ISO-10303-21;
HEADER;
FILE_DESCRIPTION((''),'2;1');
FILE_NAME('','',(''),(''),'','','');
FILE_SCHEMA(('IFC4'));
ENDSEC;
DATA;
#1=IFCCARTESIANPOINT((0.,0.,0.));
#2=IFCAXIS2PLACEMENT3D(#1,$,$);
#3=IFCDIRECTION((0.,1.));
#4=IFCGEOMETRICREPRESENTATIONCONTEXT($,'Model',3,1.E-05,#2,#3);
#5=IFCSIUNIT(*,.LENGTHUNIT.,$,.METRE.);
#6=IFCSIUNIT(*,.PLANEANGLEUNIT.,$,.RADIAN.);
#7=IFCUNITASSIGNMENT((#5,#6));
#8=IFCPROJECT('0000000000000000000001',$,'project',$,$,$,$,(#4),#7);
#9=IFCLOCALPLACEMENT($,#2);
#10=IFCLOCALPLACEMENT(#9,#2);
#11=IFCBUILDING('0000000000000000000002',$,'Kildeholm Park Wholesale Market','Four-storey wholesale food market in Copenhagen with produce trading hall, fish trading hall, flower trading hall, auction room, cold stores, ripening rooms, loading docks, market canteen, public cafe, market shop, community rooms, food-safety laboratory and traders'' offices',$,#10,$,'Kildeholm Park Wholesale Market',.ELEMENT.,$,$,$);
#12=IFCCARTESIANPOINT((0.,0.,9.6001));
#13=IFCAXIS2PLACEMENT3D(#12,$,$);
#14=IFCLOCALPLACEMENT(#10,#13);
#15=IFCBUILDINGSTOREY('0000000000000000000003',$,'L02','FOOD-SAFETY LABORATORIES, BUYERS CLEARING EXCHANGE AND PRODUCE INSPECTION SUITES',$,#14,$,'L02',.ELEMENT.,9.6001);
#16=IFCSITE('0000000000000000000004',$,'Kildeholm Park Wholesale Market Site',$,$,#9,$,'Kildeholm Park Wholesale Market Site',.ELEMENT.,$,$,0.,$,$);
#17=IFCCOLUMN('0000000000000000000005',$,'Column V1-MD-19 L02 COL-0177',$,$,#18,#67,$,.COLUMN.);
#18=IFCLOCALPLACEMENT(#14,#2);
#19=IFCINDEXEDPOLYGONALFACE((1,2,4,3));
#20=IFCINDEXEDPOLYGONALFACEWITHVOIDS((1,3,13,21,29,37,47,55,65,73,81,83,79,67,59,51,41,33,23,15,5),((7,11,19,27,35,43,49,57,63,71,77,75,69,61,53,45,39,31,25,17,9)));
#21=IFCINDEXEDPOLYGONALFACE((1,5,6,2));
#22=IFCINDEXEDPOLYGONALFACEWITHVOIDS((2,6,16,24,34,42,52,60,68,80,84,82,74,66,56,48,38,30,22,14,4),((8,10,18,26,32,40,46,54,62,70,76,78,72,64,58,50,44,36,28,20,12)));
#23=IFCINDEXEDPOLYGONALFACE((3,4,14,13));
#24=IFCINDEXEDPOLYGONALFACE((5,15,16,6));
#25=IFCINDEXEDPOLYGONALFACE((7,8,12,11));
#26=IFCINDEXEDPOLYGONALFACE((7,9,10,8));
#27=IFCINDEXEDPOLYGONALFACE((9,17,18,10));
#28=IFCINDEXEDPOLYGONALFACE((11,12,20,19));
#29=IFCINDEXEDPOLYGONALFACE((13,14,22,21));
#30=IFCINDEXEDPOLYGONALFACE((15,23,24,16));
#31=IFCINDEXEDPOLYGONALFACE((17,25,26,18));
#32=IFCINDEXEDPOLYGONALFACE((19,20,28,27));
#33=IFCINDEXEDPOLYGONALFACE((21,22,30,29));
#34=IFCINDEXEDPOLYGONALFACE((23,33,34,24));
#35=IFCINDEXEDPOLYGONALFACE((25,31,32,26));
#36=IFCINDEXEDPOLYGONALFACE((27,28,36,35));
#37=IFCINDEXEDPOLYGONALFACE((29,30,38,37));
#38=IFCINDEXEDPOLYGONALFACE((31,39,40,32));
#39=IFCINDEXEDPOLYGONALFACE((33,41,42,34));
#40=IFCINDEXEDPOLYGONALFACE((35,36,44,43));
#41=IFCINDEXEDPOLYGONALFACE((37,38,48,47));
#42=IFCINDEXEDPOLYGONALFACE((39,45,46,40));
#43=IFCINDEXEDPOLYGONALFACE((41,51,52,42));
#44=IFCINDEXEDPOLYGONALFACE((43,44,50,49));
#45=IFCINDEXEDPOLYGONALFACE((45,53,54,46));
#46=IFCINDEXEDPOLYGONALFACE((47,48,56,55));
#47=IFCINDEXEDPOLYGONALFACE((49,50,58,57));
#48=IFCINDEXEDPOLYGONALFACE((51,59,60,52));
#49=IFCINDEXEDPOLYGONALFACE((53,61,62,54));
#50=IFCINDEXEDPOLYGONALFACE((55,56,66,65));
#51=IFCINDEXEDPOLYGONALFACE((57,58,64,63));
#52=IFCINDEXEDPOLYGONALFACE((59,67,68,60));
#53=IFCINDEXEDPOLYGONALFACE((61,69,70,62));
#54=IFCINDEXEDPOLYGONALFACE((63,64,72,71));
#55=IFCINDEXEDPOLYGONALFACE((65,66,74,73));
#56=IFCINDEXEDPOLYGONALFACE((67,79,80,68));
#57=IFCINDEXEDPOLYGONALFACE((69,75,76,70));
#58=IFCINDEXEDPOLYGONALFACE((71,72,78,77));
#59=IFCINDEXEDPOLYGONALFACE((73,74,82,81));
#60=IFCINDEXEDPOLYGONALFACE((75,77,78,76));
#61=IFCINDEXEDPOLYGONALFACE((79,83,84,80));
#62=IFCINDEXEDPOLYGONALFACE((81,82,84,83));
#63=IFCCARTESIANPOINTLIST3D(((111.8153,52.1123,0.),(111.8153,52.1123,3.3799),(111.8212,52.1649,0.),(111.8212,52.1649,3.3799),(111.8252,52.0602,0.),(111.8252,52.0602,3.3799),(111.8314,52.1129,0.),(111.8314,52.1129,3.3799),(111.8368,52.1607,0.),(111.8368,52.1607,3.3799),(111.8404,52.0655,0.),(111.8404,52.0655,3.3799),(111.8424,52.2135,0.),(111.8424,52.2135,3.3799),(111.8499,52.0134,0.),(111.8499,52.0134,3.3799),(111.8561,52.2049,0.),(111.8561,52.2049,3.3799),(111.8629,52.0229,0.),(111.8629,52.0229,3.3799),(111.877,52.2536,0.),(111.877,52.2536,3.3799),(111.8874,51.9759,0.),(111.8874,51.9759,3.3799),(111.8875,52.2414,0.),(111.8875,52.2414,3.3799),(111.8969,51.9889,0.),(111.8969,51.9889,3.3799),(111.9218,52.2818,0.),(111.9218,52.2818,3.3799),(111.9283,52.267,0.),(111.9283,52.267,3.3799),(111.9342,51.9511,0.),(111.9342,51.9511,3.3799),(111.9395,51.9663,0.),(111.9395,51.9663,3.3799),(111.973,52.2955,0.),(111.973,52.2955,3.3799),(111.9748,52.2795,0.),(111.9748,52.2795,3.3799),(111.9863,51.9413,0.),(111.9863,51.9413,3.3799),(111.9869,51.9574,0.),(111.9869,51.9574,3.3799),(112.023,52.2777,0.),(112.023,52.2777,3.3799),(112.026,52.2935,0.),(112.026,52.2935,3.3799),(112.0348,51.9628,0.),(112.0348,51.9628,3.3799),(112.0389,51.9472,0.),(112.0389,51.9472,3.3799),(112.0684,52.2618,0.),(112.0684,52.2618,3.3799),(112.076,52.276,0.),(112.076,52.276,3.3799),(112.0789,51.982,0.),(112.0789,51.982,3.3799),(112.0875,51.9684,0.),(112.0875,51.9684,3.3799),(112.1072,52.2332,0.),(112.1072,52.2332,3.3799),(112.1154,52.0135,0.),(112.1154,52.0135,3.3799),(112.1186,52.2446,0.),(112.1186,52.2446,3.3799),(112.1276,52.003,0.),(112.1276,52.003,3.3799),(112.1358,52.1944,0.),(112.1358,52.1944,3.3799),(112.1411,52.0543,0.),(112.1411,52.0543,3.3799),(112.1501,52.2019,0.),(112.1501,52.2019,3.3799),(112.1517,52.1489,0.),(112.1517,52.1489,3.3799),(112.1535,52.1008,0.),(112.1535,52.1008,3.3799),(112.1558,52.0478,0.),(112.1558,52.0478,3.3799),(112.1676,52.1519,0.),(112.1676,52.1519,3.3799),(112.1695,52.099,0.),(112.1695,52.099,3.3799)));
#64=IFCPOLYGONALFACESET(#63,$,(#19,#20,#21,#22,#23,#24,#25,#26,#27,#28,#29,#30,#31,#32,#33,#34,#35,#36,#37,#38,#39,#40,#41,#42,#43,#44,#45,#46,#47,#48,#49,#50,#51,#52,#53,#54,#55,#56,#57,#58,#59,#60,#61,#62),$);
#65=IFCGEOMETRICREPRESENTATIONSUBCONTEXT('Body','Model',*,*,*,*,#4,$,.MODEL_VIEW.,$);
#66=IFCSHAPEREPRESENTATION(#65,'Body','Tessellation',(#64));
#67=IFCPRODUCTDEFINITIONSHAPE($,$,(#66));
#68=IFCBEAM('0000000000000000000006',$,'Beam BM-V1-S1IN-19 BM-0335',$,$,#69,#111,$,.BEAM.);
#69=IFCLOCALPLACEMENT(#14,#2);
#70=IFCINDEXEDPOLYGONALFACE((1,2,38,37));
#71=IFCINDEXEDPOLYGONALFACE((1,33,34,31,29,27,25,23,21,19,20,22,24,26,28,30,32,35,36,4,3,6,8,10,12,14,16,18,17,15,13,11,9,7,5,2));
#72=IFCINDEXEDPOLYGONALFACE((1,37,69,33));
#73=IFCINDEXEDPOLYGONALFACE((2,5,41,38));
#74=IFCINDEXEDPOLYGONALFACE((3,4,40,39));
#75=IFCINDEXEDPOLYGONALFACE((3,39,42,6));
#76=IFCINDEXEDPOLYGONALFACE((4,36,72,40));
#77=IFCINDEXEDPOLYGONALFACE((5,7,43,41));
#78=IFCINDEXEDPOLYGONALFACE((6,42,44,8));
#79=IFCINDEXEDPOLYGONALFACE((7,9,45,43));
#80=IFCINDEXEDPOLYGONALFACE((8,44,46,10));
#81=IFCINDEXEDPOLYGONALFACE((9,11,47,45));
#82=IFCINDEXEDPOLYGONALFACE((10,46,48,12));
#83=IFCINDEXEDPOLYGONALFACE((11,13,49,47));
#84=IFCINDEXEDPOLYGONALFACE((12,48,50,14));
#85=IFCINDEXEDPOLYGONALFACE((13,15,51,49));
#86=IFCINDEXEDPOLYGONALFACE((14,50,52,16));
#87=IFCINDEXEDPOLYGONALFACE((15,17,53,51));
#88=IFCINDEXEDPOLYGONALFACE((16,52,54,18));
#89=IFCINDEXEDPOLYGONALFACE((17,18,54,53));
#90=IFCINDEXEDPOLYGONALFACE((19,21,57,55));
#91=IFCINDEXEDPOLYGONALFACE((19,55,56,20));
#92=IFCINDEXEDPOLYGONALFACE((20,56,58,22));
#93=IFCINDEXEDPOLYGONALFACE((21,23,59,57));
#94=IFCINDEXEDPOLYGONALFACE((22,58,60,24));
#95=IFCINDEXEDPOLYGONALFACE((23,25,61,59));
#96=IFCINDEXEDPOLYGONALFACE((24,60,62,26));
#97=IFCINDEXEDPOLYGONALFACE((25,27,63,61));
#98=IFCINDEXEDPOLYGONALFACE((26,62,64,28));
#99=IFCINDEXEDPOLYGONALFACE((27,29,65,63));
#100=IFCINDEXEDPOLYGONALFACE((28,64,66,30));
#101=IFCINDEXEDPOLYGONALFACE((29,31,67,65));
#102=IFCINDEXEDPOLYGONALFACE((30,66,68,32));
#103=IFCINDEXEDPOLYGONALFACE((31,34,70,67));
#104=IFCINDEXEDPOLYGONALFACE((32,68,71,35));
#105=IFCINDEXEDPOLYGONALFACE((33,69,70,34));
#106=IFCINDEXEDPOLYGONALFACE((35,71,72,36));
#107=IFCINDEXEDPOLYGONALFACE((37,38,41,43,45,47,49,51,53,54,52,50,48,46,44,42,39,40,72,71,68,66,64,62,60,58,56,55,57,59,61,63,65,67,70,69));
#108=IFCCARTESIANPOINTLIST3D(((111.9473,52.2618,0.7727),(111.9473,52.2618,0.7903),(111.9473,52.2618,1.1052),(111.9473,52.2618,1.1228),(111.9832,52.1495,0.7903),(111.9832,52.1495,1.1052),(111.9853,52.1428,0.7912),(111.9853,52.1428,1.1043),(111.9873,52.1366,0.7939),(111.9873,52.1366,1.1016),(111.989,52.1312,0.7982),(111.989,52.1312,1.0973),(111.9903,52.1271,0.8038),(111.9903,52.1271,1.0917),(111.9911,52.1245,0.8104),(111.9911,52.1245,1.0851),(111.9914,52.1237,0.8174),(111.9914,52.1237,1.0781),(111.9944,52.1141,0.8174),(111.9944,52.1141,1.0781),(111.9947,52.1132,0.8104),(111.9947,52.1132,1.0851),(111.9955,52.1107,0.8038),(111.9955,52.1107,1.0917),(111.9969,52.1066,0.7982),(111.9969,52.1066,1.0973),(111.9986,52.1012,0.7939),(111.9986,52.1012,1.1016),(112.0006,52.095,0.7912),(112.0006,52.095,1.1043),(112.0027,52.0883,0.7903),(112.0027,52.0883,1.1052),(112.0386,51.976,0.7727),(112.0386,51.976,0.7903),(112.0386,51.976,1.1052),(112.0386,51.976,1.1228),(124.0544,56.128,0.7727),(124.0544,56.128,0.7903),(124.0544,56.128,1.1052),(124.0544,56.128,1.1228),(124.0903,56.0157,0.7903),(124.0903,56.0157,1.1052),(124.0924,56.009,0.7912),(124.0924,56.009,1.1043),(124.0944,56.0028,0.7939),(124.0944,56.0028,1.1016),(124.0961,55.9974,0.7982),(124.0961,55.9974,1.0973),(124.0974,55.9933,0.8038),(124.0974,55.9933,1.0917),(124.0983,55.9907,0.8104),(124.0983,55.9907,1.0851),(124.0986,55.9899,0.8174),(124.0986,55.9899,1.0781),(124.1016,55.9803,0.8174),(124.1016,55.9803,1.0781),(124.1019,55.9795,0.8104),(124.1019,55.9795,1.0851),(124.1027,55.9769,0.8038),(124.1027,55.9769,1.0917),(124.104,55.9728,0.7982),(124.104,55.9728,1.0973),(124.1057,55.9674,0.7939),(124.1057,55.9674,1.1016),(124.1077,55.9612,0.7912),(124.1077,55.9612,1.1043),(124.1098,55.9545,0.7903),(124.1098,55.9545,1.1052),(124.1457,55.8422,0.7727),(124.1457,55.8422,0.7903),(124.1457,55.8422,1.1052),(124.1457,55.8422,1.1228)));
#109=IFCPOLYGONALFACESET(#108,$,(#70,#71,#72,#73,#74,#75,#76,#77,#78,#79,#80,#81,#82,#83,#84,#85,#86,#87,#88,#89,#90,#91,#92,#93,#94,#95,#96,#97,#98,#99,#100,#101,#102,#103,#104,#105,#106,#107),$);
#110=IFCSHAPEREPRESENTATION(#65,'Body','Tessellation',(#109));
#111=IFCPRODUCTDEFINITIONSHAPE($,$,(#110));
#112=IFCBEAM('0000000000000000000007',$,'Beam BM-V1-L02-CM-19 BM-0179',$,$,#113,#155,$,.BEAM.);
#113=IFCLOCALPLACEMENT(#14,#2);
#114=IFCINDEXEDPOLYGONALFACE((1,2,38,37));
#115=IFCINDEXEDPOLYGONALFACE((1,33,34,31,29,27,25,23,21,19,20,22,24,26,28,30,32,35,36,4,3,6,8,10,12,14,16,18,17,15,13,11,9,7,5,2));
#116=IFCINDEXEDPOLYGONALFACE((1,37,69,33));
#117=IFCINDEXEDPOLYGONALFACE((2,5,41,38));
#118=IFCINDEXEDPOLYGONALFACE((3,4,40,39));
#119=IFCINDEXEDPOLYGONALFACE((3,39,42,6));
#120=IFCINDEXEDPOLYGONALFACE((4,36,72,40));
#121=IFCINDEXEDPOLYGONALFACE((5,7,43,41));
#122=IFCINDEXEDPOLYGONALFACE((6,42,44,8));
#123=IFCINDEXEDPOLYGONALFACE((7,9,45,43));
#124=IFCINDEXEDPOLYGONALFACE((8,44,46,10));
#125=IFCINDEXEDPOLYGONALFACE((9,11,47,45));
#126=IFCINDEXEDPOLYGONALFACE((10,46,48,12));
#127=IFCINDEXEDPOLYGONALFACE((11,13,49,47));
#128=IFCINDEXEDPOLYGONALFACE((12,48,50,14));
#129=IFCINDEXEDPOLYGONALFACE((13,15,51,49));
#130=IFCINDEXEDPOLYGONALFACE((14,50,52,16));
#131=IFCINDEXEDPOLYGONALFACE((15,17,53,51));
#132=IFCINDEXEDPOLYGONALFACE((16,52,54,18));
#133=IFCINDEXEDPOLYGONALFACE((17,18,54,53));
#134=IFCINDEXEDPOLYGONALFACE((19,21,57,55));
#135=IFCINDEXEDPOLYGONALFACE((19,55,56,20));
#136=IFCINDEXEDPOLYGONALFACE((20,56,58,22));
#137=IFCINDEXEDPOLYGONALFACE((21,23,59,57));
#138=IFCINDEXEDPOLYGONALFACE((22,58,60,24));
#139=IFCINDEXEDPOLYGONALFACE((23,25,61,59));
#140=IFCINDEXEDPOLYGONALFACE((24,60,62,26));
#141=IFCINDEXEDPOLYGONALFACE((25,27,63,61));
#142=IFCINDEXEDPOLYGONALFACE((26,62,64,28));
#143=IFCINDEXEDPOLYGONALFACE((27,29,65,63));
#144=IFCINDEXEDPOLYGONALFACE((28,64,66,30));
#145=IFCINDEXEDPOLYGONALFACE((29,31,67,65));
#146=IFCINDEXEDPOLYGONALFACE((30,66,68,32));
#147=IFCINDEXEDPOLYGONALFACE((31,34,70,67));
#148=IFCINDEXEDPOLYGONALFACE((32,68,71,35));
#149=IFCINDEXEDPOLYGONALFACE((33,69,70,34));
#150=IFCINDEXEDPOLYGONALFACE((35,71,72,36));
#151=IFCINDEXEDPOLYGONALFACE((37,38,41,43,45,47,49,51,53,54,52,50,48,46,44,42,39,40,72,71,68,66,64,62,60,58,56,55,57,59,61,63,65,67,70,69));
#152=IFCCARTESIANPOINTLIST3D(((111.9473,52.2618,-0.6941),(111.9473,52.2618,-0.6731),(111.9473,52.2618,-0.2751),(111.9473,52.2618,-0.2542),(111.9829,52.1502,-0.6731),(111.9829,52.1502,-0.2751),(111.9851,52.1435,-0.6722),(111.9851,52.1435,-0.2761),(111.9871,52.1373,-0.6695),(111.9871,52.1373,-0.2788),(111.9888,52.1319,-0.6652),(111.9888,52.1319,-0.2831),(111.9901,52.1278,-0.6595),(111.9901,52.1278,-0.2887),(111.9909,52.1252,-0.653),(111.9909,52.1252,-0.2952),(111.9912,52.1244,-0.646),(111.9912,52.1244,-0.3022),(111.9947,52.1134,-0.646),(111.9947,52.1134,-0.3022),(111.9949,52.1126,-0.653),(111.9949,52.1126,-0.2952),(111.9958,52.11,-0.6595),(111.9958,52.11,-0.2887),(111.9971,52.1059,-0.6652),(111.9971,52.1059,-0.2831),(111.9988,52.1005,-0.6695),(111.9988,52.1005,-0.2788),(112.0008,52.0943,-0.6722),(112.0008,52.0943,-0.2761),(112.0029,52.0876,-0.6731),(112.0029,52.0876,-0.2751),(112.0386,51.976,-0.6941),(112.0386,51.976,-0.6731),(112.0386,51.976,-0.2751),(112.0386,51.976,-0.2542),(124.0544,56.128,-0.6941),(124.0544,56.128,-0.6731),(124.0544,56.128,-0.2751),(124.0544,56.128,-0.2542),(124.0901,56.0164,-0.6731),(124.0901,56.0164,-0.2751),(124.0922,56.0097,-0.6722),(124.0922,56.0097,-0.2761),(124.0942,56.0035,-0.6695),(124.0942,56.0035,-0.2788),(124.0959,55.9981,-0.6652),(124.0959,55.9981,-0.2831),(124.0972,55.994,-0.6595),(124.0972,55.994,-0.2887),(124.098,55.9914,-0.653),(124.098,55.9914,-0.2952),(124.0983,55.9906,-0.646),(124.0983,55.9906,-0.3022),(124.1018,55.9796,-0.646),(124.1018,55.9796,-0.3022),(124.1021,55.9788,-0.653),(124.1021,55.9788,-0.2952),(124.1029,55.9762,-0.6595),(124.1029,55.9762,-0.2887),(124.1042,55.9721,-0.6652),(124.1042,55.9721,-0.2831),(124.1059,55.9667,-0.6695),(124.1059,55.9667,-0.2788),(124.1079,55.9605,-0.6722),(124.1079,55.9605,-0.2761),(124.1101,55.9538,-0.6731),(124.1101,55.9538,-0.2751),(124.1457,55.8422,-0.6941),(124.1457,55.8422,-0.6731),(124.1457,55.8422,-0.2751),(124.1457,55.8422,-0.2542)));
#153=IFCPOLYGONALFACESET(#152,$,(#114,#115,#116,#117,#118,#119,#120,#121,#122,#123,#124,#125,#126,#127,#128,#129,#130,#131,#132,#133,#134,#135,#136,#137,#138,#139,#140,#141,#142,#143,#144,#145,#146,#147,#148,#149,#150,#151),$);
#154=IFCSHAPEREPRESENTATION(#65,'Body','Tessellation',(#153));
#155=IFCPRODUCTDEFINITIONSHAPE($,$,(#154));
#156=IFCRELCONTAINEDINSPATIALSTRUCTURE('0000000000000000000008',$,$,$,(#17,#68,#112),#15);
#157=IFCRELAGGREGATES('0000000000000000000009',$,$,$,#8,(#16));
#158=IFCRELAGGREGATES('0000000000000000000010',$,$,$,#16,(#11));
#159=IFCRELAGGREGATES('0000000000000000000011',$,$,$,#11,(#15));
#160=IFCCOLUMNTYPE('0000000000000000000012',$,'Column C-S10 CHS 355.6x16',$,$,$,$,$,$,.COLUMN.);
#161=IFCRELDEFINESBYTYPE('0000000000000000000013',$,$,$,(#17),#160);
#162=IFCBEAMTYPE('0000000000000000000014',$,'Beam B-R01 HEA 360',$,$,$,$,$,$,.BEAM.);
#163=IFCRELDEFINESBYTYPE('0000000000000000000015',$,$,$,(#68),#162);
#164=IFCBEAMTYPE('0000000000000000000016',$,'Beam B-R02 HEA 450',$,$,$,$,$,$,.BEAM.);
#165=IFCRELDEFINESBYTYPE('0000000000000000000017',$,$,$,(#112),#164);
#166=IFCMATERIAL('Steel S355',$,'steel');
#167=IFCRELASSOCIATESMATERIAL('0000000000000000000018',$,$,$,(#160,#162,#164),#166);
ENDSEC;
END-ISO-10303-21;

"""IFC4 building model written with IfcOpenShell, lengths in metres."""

from ifc_helpers import new_model, si_unit, direction, frame, origin, origin_2d, place, context, subcontext, project, spatial, hollow_circle, i_section, extrude, material, material_profile, profile_set, type_object, element, save


model = new_model("IFC4")

# Units and contexts
model_context = context("Model", 3, precision=1e-05, world=origin(), true_north=direction((0.0, 1.0)))
body_context = subcontext(model_context, "Body", "Model", "MODEL_VIEW")
ifc_project = project(units=[si_unit("LENGTHUNIT", "METRE"), si_unit("PLANEANGLEUNIT", "RADIAN")], contexts=[model_context])

# Site, building, storey
site_placement = place(None, origin())
site = spatial("IfcSite", under=ifc_project, at=site_placement, Name="Kildeholm Park Wholesale Market Site", LongName="Kildeholm Park Wholesale Market Site", CompositionType="ELEMENT", RefElevation=0.0)
building_placement = place(site_placement, origin())
building = spatial("IfcBuilding", under=site, at=building_placement, Name="Kildeholm Park Wholesale Market", Description="Four-storey wholesale food market in Copenhagen with produce trading hall, fish trading hall, flower trading hall, auction room, cold stores, ripening rooms, loading docks, market canteen, public cafe, market shop, community rooms, food-safety laboratory and traders' offices", LongName="Kildeholm Park Wholesale Market", CompositionType="ELEMENT")
storey_placement = place(building_placement, frame((0.0, 0.0, 9.6001)))
storey = spatial("IfcBuildingStorey", under=building, at=storey_placement, Name="L02", Description="FOOD-SAFETY LABORATORIES, BUYERS CLEARING EXCHANGE AND PRODUCE INSPECTION SUITES", LongName="L02", CompositionType="ELEMENT", Elevation=9.6001)

# Column
ifc_material_1 = material(Name="Steel S355", Category="steel")
ifc_material_profile_1 = material_profile(ifc_material_1, hollow_circle(Radius=0.1777, WallThickness=0.0161, at=origin_2d()), Name="CHS 355.6x16")
ifc_profile_set_1 = profile_set([ifc_material_profile_1], Name="Steel S355")
column_type = type_object("IfcColumnType", Name="Column C-S10 CHS 355.6x16", PredefinedType="COLUMN", material=ifc_profile_set_1)
column_placement = place(storey_placement, frame((111.9929, 52.1189, 0.0), z_axis=(0.0, 0.0, 1.0), x_axis=(0.258819, -0.965926, 0.0)))
element("IfcColumn", 1, at=column_placement, inside=storey, type_object=column_type, Name="Column V1-MD-19 L02 COL-0177", PredefinedType="COLUMN", context=body_context, shape_type="SweptSolid", body=[
    extrude(hollow_circle(Radius=0.1777, WallThickness=0.0161, at=origin_2d()), origin(), (0.0, 0.0, 1.0), 3.3799),
])

# Beams
ifc_material_profile_2 = material_profile(ifc_material_1, i_section(OverallWidth=0.3, OverallDepth=0.3501, WebThickness=0.01, FlangeThickness=0.0176, FilletRadius=0.0271, at=origin_2d()), Name="HEA 360")
ifc_profile_set_2 = profile_set([ifc_material_profile_2], Name="Steel S355")
beam_type_1 = type_object("IfcBeamType", Name="Beam B-R01 HEA 360", PredefinedType="BEAM", material=ifc_profile_set_2)
beam_1_placement = place(storey_placement, frame((111.9929, 52.1189, 0.9478), z_axis=(0.952609, 0.304199, 0.0), x_axis=(-0.304199, 0.952609, 0.0)))
element("IfcBeam", 2, at=beam_1_placement, inside=storey, type_object=beam_type_1, Name="Beam BM-V1-S1IN-19 BM-0335", PredefinedType="BEAM", context=body_context, shape_type="SweptSolid", body=[
    extrude(i_section(OverallWidth=0.3, OverallDepth=0.3501, WebThickness=0.01, FlangeThickness=0.0176, FilletRadius=0.0271, at=origin_2d()), origin(), (0.0, 0.0, 1.0), 12.7095),
])
ifc_material_profile_3 = material_profile(ifc_material_1, i_section(OverallWidth=0.3, OverallDepth=0.4399, WebThickness=0.0115, FlangeThickness=0.021, FilletRadius=0.0271, at=origin_2d()), Name="HEA 450")
ifc_profile_set_3 = profile_set([ifc_material_profile_3], Name="Steel S355")
beam_type_2 = type_object("IfcBeamType", Name="Beam B-R02 HEA 450", PredefinedType="BEAM", material=ifc_profile_set_3)
beam_2_placement = place(storey_placement, frame((111.9929, 52.1189, -0.4741), z_axis=(0.952609, 0.304199, 0.0), x_axis=(-0.304199, 0.952609, 0.0)))
element("IfcBeam", 3, at=beam_2_placement, inside=storey, type_object=beam_type_2, Name="Beam BM-V1-L02-CM-19 BM-0179", PredefinedType="BEAM", context=body_context, shape_type="SweptSolid", body=[
    extrude(i_section(OverallWidth=0.3, OverallDepth=0.4399, WebThickness=0.0115, FlangeThickness=0.021, FilletRadius=0.0271, at=origin_2d()), origin(), (0.0, 0.0, 1.0), 12.7095),
])

save(model, "model.ifc")
